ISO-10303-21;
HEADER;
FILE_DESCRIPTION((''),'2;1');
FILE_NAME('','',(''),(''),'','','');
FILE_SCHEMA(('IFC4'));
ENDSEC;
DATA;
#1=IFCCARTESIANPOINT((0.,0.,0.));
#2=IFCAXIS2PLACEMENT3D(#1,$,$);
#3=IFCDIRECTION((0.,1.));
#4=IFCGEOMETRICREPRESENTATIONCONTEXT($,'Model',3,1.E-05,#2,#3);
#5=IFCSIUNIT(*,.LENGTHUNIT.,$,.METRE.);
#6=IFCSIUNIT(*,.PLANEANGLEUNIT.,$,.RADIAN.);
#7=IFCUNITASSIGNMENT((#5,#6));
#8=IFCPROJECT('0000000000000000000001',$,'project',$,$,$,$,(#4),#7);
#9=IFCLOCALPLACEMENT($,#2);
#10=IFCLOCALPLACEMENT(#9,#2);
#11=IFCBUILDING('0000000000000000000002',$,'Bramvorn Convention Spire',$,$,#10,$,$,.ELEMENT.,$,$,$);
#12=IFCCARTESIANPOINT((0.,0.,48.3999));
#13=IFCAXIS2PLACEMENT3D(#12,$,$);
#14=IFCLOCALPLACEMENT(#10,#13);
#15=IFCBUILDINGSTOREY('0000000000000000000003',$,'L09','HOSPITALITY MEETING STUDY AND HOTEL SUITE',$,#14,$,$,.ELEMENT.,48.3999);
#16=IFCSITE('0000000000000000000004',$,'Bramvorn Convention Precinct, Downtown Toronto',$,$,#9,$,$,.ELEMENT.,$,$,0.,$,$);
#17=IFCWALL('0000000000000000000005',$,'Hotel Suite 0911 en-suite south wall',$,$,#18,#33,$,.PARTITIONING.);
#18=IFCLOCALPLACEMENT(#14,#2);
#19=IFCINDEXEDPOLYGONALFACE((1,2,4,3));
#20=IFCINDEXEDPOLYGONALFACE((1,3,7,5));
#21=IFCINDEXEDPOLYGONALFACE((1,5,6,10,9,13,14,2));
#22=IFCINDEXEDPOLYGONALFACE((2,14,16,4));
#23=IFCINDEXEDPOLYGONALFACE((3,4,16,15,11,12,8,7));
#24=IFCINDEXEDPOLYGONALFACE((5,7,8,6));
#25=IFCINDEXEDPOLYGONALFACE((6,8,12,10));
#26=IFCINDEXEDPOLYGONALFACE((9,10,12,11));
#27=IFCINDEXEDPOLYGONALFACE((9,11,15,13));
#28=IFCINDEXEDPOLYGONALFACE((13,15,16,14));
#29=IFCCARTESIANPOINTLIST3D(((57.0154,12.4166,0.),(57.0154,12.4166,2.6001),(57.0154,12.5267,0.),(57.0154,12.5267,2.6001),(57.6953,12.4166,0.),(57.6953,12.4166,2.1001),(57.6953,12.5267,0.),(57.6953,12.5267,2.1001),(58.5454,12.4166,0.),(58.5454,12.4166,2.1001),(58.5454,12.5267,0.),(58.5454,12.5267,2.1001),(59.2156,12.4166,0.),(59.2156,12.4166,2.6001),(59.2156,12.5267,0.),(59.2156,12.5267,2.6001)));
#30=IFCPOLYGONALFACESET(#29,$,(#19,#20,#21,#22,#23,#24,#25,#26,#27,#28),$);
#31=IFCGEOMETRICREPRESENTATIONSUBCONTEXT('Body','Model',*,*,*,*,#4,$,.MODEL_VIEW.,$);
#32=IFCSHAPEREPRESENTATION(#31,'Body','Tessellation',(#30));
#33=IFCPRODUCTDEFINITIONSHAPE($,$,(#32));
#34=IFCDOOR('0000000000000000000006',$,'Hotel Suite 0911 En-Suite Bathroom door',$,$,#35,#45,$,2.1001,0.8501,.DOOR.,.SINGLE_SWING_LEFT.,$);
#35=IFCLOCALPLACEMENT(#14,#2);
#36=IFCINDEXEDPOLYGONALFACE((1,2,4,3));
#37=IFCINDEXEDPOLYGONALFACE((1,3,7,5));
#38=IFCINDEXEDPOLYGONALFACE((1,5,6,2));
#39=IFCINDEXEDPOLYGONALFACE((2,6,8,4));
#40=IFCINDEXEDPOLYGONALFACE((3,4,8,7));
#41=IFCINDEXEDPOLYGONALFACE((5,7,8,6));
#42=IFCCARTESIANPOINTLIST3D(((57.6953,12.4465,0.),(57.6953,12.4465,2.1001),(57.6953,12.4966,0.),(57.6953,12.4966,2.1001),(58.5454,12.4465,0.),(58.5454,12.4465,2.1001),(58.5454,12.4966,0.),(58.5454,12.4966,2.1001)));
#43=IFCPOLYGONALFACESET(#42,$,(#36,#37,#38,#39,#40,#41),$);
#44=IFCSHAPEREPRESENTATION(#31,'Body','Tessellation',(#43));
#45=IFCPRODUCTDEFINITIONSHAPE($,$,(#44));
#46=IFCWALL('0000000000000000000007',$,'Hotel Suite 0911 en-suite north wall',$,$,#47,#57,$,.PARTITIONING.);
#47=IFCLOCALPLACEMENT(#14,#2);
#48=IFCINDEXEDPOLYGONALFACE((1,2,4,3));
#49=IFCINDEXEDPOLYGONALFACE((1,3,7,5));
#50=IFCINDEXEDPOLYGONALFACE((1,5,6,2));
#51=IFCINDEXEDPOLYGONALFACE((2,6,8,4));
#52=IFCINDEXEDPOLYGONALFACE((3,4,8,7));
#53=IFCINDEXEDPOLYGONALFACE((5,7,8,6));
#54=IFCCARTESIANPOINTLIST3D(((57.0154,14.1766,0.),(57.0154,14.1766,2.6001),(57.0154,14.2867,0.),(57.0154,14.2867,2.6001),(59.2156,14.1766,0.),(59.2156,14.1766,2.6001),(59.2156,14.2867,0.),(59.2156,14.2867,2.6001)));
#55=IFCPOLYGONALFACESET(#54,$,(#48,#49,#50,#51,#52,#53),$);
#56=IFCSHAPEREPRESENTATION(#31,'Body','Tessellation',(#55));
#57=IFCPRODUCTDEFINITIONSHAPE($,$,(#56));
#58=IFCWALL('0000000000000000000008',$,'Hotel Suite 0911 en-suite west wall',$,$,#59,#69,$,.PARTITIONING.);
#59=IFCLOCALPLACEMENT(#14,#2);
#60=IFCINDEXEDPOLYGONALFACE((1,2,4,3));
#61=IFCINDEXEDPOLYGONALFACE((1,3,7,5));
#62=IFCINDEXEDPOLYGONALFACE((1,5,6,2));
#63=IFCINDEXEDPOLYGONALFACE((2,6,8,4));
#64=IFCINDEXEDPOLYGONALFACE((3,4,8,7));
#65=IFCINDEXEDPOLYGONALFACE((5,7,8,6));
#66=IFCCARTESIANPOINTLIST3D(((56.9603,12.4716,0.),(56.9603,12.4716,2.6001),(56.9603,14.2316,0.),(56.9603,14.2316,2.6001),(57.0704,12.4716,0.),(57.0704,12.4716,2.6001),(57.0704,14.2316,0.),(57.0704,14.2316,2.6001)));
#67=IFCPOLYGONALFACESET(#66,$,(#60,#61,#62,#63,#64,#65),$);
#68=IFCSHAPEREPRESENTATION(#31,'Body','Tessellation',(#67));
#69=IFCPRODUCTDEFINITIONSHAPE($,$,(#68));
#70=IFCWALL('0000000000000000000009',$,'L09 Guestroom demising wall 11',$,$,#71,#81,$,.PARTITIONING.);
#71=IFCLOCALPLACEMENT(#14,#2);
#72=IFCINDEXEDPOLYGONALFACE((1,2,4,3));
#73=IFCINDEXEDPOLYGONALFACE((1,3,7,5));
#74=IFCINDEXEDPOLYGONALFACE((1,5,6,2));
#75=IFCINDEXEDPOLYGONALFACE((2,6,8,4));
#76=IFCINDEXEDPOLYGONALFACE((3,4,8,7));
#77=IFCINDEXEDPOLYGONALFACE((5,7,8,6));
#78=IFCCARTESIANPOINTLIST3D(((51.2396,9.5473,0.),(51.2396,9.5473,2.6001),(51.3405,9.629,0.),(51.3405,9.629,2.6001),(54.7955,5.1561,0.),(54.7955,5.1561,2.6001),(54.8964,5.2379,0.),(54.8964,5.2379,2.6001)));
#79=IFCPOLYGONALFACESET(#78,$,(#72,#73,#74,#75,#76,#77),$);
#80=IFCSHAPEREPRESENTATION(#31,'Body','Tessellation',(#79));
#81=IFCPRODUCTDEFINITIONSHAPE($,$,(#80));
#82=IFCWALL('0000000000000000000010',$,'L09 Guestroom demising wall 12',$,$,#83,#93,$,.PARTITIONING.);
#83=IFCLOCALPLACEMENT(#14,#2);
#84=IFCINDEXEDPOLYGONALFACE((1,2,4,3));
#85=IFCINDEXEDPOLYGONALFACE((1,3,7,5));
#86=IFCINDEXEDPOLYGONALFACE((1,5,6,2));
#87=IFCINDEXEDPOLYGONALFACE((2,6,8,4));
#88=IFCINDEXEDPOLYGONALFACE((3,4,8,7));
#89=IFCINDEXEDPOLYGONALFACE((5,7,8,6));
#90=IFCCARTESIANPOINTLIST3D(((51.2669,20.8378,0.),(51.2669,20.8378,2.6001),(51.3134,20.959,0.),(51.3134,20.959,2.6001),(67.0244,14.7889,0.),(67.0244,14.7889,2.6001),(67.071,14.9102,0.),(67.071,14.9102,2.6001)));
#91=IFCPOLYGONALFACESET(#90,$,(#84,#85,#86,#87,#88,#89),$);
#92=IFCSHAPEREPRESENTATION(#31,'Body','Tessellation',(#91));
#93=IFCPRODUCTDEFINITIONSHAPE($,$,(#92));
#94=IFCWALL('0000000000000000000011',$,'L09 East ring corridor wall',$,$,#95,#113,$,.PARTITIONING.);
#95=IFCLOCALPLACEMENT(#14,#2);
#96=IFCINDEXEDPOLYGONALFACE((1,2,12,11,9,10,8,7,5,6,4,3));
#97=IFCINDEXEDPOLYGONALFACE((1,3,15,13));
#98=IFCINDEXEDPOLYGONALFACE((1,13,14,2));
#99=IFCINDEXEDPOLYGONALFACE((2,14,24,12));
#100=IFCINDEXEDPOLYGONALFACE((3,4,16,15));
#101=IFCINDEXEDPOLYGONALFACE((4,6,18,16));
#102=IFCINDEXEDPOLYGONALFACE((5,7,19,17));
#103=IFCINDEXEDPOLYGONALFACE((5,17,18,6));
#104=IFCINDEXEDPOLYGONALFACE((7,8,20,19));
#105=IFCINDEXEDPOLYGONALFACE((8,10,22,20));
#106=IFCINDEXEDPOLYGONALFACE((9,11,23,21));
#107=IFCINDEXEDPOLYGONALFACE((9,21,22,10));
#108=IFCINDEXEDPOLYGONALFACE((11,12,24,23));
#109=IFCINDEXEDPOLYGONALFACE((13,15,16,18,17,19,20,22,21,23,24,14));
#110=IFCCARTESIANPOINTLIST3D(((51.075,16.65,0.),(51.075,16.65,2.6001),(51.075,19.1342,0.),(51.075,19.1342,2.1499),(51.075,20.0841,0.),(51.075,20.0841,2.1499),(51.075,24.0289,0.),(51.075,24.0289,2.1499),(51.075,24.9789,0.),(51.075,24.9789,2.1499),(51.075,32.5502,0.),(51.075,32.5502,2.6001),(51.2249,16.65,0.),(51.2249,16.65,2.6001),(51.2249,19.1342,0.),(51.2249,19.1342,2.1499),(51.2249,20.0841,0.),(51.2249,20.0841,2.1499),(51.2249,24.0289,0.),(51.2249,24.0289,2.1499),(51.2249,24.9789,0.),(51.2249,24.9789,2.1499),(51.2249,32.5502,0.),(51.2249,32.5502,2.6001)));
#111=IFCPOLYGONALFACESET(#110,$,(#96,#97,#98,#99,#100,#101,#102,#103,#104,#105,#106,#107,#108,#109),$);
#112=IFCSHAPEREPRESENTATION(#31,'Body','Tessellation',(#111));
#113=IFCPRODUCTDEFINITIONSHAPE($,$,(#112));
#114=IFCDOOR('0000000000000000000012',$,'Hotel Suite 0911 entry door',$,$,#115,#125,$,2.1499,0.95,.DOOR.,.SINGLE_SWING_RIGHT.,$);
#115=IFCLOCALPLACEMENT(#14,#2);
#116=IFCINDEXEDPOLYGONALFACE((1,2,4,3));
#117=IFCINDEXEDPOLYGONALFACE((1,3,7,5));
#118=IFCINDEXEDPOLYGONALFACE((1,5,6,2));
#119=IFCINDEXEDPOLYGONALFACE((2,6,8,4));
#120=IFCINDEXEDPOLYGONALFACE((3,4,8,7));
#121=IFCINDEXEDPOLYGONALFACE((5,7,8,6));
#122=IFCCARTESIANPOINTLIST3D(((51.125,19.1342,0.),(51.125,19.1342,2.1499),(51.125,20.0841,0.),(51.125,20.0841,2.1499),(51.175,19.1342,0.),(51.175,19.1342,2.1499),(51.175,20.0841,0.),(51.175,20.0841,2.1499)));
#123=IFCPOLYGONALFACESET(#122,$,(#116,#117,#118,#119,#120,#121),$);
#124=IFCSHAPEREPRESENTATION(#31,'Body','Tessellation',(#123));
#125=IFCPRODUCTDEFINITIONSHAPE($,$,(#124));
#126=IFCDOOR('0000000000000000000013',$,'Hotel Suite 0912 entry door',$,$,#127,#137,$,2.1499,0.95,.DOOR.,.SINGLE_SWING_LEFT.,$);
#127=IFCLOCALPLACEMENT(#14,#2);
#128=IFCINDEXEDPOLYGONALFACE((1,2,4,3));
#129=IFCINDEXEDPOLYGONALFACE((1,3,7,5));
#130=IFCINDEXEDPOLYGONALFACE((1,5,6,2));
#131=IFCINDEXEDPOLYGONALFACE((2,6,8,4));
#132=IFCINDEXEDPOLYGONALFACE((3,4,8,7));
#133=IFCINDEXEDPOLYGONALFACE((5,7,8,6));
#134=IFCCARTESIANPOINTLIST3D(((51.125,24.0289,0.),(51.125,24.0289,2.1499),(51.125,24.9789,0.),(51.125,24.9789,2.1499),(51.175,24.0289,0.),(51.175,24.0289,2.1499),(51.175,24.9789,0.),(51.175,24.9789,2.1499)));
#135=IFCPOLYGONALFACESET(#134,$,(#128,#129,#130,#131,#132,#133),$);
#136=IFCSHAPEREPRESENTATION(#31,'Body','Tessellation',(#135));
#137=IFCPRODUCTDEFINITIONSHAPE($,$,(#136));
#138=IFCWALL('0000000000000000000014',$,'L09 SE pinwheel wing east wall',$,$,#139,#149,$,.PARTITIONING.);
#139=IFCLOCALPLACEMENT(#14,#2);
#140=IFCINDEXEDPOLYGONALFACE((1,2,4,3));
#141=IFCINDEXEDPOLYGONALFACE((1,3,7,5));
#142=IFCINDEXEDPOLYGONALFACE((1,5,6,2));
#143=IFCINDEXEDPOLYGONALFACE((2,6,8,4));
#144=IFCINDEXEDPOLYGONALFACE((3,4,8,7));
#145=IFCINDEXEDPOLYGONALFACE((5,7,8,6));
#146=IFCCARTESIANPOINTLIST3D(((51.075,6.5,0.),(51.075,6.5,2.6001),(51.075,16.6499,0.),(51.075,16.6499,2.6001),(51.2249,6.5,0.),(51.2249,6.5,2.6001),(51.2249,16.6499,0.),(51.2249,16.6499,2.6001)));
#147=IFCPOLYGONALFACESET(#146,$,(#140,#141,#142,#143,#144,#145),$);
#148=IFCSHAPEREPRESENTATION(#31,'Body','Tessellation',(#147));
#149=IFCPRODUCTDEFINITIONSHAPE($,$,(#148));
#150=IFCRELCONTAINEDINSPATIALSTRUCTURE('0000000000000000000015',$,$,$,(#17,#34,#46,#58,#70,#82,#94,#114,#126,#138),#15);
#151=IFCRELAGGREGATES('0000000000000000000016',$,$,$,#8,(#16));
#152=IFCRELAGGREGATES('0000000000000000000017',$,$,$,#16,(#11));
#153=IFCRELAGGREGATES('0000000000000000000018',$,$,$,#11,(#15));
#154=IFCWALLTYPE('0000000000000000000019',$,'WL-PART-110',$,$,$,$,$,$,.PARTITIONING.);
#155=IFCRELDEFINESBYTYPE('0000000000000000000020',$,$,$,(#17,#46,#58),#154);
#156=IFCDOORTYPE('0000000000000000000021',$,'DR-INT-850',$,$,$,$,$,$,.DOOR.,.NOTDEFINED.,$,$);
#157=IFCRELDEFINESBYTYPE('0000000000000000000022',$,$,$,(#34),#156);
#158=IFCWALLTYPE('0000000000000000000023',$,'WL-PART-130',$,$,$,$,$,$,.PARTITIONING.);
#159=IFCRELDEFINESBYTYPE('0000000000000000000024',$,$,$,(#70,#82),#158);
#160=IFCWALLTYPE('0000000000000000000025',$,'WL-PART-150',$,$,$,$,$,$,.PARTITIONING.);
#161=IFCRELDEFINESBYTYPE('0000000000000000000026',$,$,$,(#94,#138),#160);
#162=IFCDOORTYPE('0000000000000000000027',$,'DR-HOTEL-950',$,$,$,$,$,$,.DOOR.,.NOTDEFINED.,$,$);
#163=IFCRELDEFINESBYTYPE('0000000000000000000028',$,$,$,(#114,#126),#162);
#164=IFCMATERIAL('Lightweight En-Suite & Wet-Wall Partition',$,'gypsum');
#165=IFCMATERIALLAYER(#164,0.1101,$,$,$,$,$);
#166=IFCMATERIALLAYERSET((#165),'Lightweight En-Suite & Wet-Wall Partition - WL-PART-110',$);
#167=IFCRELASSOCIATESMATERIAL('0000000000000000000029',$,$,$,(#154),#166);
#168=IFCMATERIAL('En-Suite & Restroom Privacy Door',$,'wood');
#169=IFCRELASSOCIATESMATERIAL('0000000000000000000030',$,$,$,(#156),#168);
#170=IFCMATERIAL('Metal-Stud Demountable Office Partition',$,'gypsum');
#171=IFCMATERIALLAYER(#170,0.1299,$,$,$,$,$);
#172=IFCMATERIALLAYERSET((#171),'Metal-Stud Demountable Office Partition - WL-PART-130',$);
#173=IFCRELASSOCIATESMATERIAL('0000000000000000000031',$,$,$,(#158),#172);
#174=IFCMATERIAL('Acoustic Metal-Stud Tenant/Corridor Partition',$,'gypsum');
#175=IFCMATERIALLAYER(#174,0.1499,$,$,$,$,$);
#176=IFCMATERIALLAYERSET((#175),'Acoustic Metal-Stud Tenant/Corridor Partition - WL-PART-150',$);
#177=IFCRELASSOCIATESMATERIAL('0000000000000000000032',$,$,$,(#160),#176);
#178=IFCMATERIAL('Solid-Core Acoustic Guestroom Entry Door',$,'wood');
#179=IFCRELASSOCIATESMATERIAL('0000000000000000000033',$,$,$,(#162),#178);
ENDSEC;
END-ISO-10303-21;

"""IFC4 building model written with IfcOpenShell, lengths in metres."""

from ifc_helpers import new_model, si_unit, direction, frame, frame_2d, origin, place, context, subcontext, project, spatial, rectangle, extrude, material, layer, layer_set, type_object, element, fill, save


model = new_model("IFC4")

# Units and contexts
model_context = context("Model", 3, precision=1e-05, world=origin(), true_north=direction((0.0, 1.0)))
body_context = subcontext(model_context, "Body", "Model", "MODEL_VIEW")
ifc_project = project(units=[si_unit("LENGTHUNIT", "METRE"), si_unit("PLANEANGLEUNIT", "RADIAN")], contexts=[model_context])

# Site, building, storey
site_placement = place(None, origin())
site = spatial("IfcSite", under=ifc_project, at=site_placement, Name="Bramvorn Convention Precinct, Downtown Toronto", CompositionType="ELEMENT", RefElevation=0.0)
building_placement = place(site_placement, origin())
building = spatial("IfcBuilding", under=site, at=building_placement, Name="Bramvorn Convention Spire", CompositionType="ELEMENT")
storey_placement = place(building_placement, frame((0.0, 0.0, 48.3999)))
storey = spatial("IfcBuildingStorey", under=building, at=storey_placement, Name="L09", Description="HOSPITALITY MEETING STUDY AND HOTEL SUITE", CompositionType="ELEMENT", Elevation=48.3999)

# Wall, opening, door
ifc_material_1 = material(Name="Lightweight En-Suite & Wet-Wall Partition", Category="gypsum")
ifc_layer_1 = layer(ifc_material_1, 0.1101)
ifc_layer_set_1 = layer_set([ifc_layer_1], Name="Lightweight En-Suite & Wet-Wall Partition - WL-PART-110")
wall_type_1 = type_object("IfcWallType", Name="WL-PART-110", PredefinedType="PARTITIONING", material=ifc_layer_set_1)
wall_1_placement = place(storey_placement, frame((57.0154, 12.4717, 0.0), z_axis=(0.0, 0.0, 1.0), x_axis=(1.0, 0.0, 0.0)))
wall_1 = element("IfcWall", 1, at=wall_1_placement, inside=storey, type_object=wall_type_1, Name="Hotel Suite 0911 en-suite south wall", PredefinedType="PARTITIONING", context=body_context, shape_type="SweptSolid", body=[
    extrude(rectangle(XDim=2.2002, YDim=0.1101, at=frame_2d((1.1001, 0.0))), origin(), (0.0, 0.0, 1.0), 2.6001),
])
opening_1_placement = place(wall_1_placement, frame((0.6799, 0.0, 0.0)))
opening_1 = element("IfcOpeningElement", 2, at=opening_1_placement, cuts=wall_1, PredefinedType="OPENING", context=body_context, shape_type="SweptSolid", body=[
    extrude(rectangle(XDim=0.8501, YDim=2.1001, at=frame_2d((0.425, 1.05))), frame((0.0, 0.0649, 0.0), z_axis=(0.0, -1.0, 0.0), x_axis=(1.0, 0.0, 0.0)), (0.0, 0.0, 1.0), 0.1301),
])
ifc_material_2 = material(Name="En-Suite & Restroom Privacy Door", Category="wood")
door_type_1 = type_object("IfcDoorType", Name="DR-INT-850", OperationType="NOTDEFINED", PredefinedType="DOOR", material=ifc_material_2)
door_1_placement = place(opening_1_placement, origin())
door_1 = element("IfcDoor", 3, at=door_1_placement, inside=storey, type_object=door_type_1, Name="Hotel Suite 0911 En-Suite Bathroom door", OperationType="SINGLE_SWING_LEFT", OverallHeight=2.1001, OverallWidth=0.8501, PredefinedType="DOOR", context=body_context, shape_type="SweptSolid", body=[
    extrude(rectangle(XDim=0.8501, YDim=2.1001, at=frame_2d((0.425, 1.05))), frame((0.0, 0.0249, 0.0), z_axis=(0.0, -1.0, 0.0), x_axis=(1.0, 0.0, 0.0)), (0.0, 0.0, 1.0), 0.05),
])
fill(opening_1, door_1)

# Walls
wall_2_placement = place(storey_placement, frame((57.0154, 14.2317, 0.0), z_axis=(0.0, 0.0, 1.0), x_axis=(1.0, 0.0, 0.0)))
element("IfcWall", 4, at=wall_2_placement, inside=storey, type_object=wall_type_1, Name="Hotel Suite 0911 en-suite north wall", PredefinedType="PARTITIONING", context=body_context, shape_type="SweptSolid", body=[
    extrude(rectangle(XDim=2.2002, YDim=0.1101, at=frame_2d((1.1001, 0.0))), origin(), (0.0, 0.0, 1.0), 2.6001),
])
wall_3_placement = place(storey_placement, frame((57.0154, 12.4717, 0.0), z_axis=(0.0, 0.0, 1.0), x_axis=(0.0, 1.0, 0.0)))
element("IfcWall", 5, at=wall_3_placement, inside=storey, type_object=wall_type_1, Name="Hotel Suite 0911 en-suite west wall", PredefinedType="PARTITIONING", context=body_context, shape_type="SweptSolid", body=[
    extrude(rectangle(XDim=1.76, YDim=0.1101, at=frame_2d((0.8799, 0.0))), origin(), (0.0, 0.0, 1.0), 2.6001),
])
ifc_material_3 = material(Name="Metal-Stud Demountable Office Partition", Category="gypsum")
ifc_layer_2 = layer(ifc_material_3, 0.1299)
ifc_layer_set_2 = layer_set([ifc_layer_2], Name="Metal-Stud Demountable Office Partition - WL-PART-130")
wall_type_2 = type_object("IfcWallType", Name="WL-PART-130", PredefinedType="PARTITIONING", material=ifc_layer_set_2)
wall_4_placement = place(storey_placement, frame((51.29, 9.5881, 0.0), z_axis=(0.0, 0.0, 1.0), x_axis=(0.629326, -0.777141, 0.0)))
element("IfcWall", 6, at=wall_4_placement, inside=storey, type_object=wall_type_2, Name="L09 Guestroom demising wall 11", PredefinedType="PARTITIONING", context=body_context, shape_type="SweptSolid", body=[
    extrude(rectangle(XDim=5.6504, YDim=0.1299, at=frame_2d((2.8252, 0.0))), origin(), (0.0, 0.0, 1.0), 2.6001),
])
wall_5_placement = place(storey_placement, frame((51.29, 20.8984, 0.0), z_axis=(0.0, 0.0, 1.0), x_axis=(0.933579, -0.358371, 0.0)))
element("IfcWall", 7, at=wall_5_placement, inside=storey, type_object=wall_type_2, Name="L09 Guestroom demising wall 12", PredefinedType="PARTITIONING", context=body_context, shape_type="SweptSolid", body=[
    extrude(rectangle(XDim=16.8787, YDim=0.1299, at=frame_2d((8.4395, 0.0))), origin(), (0.0, 0.0, 1.0), 2.6001),
])

# Wall, openings, doors
ifc_material_4 = material(Name="Acoustic Metal-Stud Tenant/Corridor Partition", Category="gypsum")
ifc_layer_3 = layer(ifc_material_4, 0.1499)
ifc_layer_set_3 = layer_set([ifc_layer_3], Name="Acoustic Metal-Stud Tenant/Corridor Partition - WL-PART-150")
wall_type_3 = type_object("IfcWallType", Name="WL-PART-150", PredefinedType="PARTITIONING", material=ifc_layer_set_3)
wall_6_placement = place(storey_placement, frame((51.1499, 16.6499, 0.0), z_axis=(0.0, 0.0, 1.0), x_axis=(0.0, 1.0, 0.0)))
wall_6 = element("IfcWall", 8, at=wall_6_placement, inside=storey, type_object=wall_type_3, Name="L09 East ring corridor wall", PredefinedType="PARTITIONING", context=body_context, shape_type="SweptSolid", body=[
    extrude(rectangle(XDim=15.9001, YDim=0.1499, at=frame_2d((7.9502, 0.0))), origin(), (0.0, 0.0, 1.0), 2.6001),
])
opening_2_placement = place(wall_6_placement, frame((2.4841, 0.0, 0.0)))
opening_2 = element("IfcOpeningElement", 9, at=opening_2_placement, cuts=wall_6, PredefinedType="OPENING", context=body_context, shape_type="SweptSolid", body=[
    extrude(rectangle(XDim=0.95, YDim=2.1499, at=frame_2d((0.4751, 1.075))), frame((0.0, 0.085, 0.0), z_axis=(0.0, -1.0, 0.0), x_axis=(1.0, 0.0, 0.0)), (0.0, 0.0, 1.0), 0.1699),
])
opening_3_placement = place(wall_6_placement, frame((7.3789, 0.0, 0.0)))
opening_3 = element("IfcOpeningElement", 10, at=opening_3_placement, cuts=wall_6, PredefinedType="OPENING", context=body_context, shape_type="SweptSolid", body=[
    extrude(rectangle(XDim=0.95, YDim=2.1499, at=frame_2d((0.4751, 1.075))), frame((0.0, 0.085, 0.0), z_axis=(0.0, -1.0, 0.0), x_axis=(1.0, 0.0, 0.0)), (0.0, 0.0, 1.0), 0.1699),
])
ifc_material_5 = material(Name="Solid-Core Acoustic Guestroom Entry Door", Category="wood")
door_type_2 = type_object("IfcDoorType", Name="DR-HOTEL-950", OperationType="NOTDEFINED", PredefinedType="DOOR", material=ifc_material_5)
door_2_placement = place(opening_2_placement, origin())
door_2 = element("IfcDoor", 11, at=door_2_placement, inside=storey, type_object=door_type_2, Name="Hotel Suite 0911 entry door", OperationType="SINGLE_SWING_RIGHT", OverallHeight=2.1499, OverallWidth=0.95, PredefinedType="DOOR", context=body_context, shape_type="SweptSolid", body=[
    extrude(rectangle(XDim=0.95, YDim=2.1499, at=frame_2d((0.4751, 1.075))), frame((0.0, 0.0249, 0.0), z_axis=(0.0, -1.0, 0.0), x_axis=(1.0, 0.0, 0.0)), (0.0, 0.0, 1.0), 0.05),
])
fill(opening_2, door_2)
door_3_placement = place(opening_3_placement, origin())
door_3 = element("IfcDoor", 12, at=door_3_placement, inside=storey, type_object=door_type_2, Name="Hotel Suite 0912 entry door", OperationType="SINGLE_SWING_LEFT", OverallHeight=2.1499, OverallWidth=0.95, PredefinedType="DOOR", context=body_context, shape_type="SweptSolid", body=[
    extrude(rectangle(XDim=0.95, YDim=2.1499, at=frame_2d((0.4751, 1.075))), frame((0.0, 0.0249, 0.0), z_axis=(0.0, -1.0, 0.0), x_axis=(1.0, 0.0, 0.0)), (0.0, 0.0, 1.0), 0.05),
])
fill(opening_3, door_3)

# Wall
wall_7_placement = place(storey_placement, frame((51.1499, 6.5, 0.0), z_axis=(0.0, 0.0, 1.0), x_axis=(0.0, 1.0, 0.0)))
element("IfcWall", 13, at=wall_7_placement, inside=storey, type_object=wall_type_3, Name="L09 SE pinwheel wing east wall", PredefinedType="PARTITIONING", context=body_context, shape_type="SweptSolid", body=[
    extrude(rectangle(XDim=10.1499, YDim=0.1499, at=frame_2d((5.075, 0.0))), origin(), (0.0, 0.0, 1.0), 2.6001),
])

save(model, "model.ifc")
